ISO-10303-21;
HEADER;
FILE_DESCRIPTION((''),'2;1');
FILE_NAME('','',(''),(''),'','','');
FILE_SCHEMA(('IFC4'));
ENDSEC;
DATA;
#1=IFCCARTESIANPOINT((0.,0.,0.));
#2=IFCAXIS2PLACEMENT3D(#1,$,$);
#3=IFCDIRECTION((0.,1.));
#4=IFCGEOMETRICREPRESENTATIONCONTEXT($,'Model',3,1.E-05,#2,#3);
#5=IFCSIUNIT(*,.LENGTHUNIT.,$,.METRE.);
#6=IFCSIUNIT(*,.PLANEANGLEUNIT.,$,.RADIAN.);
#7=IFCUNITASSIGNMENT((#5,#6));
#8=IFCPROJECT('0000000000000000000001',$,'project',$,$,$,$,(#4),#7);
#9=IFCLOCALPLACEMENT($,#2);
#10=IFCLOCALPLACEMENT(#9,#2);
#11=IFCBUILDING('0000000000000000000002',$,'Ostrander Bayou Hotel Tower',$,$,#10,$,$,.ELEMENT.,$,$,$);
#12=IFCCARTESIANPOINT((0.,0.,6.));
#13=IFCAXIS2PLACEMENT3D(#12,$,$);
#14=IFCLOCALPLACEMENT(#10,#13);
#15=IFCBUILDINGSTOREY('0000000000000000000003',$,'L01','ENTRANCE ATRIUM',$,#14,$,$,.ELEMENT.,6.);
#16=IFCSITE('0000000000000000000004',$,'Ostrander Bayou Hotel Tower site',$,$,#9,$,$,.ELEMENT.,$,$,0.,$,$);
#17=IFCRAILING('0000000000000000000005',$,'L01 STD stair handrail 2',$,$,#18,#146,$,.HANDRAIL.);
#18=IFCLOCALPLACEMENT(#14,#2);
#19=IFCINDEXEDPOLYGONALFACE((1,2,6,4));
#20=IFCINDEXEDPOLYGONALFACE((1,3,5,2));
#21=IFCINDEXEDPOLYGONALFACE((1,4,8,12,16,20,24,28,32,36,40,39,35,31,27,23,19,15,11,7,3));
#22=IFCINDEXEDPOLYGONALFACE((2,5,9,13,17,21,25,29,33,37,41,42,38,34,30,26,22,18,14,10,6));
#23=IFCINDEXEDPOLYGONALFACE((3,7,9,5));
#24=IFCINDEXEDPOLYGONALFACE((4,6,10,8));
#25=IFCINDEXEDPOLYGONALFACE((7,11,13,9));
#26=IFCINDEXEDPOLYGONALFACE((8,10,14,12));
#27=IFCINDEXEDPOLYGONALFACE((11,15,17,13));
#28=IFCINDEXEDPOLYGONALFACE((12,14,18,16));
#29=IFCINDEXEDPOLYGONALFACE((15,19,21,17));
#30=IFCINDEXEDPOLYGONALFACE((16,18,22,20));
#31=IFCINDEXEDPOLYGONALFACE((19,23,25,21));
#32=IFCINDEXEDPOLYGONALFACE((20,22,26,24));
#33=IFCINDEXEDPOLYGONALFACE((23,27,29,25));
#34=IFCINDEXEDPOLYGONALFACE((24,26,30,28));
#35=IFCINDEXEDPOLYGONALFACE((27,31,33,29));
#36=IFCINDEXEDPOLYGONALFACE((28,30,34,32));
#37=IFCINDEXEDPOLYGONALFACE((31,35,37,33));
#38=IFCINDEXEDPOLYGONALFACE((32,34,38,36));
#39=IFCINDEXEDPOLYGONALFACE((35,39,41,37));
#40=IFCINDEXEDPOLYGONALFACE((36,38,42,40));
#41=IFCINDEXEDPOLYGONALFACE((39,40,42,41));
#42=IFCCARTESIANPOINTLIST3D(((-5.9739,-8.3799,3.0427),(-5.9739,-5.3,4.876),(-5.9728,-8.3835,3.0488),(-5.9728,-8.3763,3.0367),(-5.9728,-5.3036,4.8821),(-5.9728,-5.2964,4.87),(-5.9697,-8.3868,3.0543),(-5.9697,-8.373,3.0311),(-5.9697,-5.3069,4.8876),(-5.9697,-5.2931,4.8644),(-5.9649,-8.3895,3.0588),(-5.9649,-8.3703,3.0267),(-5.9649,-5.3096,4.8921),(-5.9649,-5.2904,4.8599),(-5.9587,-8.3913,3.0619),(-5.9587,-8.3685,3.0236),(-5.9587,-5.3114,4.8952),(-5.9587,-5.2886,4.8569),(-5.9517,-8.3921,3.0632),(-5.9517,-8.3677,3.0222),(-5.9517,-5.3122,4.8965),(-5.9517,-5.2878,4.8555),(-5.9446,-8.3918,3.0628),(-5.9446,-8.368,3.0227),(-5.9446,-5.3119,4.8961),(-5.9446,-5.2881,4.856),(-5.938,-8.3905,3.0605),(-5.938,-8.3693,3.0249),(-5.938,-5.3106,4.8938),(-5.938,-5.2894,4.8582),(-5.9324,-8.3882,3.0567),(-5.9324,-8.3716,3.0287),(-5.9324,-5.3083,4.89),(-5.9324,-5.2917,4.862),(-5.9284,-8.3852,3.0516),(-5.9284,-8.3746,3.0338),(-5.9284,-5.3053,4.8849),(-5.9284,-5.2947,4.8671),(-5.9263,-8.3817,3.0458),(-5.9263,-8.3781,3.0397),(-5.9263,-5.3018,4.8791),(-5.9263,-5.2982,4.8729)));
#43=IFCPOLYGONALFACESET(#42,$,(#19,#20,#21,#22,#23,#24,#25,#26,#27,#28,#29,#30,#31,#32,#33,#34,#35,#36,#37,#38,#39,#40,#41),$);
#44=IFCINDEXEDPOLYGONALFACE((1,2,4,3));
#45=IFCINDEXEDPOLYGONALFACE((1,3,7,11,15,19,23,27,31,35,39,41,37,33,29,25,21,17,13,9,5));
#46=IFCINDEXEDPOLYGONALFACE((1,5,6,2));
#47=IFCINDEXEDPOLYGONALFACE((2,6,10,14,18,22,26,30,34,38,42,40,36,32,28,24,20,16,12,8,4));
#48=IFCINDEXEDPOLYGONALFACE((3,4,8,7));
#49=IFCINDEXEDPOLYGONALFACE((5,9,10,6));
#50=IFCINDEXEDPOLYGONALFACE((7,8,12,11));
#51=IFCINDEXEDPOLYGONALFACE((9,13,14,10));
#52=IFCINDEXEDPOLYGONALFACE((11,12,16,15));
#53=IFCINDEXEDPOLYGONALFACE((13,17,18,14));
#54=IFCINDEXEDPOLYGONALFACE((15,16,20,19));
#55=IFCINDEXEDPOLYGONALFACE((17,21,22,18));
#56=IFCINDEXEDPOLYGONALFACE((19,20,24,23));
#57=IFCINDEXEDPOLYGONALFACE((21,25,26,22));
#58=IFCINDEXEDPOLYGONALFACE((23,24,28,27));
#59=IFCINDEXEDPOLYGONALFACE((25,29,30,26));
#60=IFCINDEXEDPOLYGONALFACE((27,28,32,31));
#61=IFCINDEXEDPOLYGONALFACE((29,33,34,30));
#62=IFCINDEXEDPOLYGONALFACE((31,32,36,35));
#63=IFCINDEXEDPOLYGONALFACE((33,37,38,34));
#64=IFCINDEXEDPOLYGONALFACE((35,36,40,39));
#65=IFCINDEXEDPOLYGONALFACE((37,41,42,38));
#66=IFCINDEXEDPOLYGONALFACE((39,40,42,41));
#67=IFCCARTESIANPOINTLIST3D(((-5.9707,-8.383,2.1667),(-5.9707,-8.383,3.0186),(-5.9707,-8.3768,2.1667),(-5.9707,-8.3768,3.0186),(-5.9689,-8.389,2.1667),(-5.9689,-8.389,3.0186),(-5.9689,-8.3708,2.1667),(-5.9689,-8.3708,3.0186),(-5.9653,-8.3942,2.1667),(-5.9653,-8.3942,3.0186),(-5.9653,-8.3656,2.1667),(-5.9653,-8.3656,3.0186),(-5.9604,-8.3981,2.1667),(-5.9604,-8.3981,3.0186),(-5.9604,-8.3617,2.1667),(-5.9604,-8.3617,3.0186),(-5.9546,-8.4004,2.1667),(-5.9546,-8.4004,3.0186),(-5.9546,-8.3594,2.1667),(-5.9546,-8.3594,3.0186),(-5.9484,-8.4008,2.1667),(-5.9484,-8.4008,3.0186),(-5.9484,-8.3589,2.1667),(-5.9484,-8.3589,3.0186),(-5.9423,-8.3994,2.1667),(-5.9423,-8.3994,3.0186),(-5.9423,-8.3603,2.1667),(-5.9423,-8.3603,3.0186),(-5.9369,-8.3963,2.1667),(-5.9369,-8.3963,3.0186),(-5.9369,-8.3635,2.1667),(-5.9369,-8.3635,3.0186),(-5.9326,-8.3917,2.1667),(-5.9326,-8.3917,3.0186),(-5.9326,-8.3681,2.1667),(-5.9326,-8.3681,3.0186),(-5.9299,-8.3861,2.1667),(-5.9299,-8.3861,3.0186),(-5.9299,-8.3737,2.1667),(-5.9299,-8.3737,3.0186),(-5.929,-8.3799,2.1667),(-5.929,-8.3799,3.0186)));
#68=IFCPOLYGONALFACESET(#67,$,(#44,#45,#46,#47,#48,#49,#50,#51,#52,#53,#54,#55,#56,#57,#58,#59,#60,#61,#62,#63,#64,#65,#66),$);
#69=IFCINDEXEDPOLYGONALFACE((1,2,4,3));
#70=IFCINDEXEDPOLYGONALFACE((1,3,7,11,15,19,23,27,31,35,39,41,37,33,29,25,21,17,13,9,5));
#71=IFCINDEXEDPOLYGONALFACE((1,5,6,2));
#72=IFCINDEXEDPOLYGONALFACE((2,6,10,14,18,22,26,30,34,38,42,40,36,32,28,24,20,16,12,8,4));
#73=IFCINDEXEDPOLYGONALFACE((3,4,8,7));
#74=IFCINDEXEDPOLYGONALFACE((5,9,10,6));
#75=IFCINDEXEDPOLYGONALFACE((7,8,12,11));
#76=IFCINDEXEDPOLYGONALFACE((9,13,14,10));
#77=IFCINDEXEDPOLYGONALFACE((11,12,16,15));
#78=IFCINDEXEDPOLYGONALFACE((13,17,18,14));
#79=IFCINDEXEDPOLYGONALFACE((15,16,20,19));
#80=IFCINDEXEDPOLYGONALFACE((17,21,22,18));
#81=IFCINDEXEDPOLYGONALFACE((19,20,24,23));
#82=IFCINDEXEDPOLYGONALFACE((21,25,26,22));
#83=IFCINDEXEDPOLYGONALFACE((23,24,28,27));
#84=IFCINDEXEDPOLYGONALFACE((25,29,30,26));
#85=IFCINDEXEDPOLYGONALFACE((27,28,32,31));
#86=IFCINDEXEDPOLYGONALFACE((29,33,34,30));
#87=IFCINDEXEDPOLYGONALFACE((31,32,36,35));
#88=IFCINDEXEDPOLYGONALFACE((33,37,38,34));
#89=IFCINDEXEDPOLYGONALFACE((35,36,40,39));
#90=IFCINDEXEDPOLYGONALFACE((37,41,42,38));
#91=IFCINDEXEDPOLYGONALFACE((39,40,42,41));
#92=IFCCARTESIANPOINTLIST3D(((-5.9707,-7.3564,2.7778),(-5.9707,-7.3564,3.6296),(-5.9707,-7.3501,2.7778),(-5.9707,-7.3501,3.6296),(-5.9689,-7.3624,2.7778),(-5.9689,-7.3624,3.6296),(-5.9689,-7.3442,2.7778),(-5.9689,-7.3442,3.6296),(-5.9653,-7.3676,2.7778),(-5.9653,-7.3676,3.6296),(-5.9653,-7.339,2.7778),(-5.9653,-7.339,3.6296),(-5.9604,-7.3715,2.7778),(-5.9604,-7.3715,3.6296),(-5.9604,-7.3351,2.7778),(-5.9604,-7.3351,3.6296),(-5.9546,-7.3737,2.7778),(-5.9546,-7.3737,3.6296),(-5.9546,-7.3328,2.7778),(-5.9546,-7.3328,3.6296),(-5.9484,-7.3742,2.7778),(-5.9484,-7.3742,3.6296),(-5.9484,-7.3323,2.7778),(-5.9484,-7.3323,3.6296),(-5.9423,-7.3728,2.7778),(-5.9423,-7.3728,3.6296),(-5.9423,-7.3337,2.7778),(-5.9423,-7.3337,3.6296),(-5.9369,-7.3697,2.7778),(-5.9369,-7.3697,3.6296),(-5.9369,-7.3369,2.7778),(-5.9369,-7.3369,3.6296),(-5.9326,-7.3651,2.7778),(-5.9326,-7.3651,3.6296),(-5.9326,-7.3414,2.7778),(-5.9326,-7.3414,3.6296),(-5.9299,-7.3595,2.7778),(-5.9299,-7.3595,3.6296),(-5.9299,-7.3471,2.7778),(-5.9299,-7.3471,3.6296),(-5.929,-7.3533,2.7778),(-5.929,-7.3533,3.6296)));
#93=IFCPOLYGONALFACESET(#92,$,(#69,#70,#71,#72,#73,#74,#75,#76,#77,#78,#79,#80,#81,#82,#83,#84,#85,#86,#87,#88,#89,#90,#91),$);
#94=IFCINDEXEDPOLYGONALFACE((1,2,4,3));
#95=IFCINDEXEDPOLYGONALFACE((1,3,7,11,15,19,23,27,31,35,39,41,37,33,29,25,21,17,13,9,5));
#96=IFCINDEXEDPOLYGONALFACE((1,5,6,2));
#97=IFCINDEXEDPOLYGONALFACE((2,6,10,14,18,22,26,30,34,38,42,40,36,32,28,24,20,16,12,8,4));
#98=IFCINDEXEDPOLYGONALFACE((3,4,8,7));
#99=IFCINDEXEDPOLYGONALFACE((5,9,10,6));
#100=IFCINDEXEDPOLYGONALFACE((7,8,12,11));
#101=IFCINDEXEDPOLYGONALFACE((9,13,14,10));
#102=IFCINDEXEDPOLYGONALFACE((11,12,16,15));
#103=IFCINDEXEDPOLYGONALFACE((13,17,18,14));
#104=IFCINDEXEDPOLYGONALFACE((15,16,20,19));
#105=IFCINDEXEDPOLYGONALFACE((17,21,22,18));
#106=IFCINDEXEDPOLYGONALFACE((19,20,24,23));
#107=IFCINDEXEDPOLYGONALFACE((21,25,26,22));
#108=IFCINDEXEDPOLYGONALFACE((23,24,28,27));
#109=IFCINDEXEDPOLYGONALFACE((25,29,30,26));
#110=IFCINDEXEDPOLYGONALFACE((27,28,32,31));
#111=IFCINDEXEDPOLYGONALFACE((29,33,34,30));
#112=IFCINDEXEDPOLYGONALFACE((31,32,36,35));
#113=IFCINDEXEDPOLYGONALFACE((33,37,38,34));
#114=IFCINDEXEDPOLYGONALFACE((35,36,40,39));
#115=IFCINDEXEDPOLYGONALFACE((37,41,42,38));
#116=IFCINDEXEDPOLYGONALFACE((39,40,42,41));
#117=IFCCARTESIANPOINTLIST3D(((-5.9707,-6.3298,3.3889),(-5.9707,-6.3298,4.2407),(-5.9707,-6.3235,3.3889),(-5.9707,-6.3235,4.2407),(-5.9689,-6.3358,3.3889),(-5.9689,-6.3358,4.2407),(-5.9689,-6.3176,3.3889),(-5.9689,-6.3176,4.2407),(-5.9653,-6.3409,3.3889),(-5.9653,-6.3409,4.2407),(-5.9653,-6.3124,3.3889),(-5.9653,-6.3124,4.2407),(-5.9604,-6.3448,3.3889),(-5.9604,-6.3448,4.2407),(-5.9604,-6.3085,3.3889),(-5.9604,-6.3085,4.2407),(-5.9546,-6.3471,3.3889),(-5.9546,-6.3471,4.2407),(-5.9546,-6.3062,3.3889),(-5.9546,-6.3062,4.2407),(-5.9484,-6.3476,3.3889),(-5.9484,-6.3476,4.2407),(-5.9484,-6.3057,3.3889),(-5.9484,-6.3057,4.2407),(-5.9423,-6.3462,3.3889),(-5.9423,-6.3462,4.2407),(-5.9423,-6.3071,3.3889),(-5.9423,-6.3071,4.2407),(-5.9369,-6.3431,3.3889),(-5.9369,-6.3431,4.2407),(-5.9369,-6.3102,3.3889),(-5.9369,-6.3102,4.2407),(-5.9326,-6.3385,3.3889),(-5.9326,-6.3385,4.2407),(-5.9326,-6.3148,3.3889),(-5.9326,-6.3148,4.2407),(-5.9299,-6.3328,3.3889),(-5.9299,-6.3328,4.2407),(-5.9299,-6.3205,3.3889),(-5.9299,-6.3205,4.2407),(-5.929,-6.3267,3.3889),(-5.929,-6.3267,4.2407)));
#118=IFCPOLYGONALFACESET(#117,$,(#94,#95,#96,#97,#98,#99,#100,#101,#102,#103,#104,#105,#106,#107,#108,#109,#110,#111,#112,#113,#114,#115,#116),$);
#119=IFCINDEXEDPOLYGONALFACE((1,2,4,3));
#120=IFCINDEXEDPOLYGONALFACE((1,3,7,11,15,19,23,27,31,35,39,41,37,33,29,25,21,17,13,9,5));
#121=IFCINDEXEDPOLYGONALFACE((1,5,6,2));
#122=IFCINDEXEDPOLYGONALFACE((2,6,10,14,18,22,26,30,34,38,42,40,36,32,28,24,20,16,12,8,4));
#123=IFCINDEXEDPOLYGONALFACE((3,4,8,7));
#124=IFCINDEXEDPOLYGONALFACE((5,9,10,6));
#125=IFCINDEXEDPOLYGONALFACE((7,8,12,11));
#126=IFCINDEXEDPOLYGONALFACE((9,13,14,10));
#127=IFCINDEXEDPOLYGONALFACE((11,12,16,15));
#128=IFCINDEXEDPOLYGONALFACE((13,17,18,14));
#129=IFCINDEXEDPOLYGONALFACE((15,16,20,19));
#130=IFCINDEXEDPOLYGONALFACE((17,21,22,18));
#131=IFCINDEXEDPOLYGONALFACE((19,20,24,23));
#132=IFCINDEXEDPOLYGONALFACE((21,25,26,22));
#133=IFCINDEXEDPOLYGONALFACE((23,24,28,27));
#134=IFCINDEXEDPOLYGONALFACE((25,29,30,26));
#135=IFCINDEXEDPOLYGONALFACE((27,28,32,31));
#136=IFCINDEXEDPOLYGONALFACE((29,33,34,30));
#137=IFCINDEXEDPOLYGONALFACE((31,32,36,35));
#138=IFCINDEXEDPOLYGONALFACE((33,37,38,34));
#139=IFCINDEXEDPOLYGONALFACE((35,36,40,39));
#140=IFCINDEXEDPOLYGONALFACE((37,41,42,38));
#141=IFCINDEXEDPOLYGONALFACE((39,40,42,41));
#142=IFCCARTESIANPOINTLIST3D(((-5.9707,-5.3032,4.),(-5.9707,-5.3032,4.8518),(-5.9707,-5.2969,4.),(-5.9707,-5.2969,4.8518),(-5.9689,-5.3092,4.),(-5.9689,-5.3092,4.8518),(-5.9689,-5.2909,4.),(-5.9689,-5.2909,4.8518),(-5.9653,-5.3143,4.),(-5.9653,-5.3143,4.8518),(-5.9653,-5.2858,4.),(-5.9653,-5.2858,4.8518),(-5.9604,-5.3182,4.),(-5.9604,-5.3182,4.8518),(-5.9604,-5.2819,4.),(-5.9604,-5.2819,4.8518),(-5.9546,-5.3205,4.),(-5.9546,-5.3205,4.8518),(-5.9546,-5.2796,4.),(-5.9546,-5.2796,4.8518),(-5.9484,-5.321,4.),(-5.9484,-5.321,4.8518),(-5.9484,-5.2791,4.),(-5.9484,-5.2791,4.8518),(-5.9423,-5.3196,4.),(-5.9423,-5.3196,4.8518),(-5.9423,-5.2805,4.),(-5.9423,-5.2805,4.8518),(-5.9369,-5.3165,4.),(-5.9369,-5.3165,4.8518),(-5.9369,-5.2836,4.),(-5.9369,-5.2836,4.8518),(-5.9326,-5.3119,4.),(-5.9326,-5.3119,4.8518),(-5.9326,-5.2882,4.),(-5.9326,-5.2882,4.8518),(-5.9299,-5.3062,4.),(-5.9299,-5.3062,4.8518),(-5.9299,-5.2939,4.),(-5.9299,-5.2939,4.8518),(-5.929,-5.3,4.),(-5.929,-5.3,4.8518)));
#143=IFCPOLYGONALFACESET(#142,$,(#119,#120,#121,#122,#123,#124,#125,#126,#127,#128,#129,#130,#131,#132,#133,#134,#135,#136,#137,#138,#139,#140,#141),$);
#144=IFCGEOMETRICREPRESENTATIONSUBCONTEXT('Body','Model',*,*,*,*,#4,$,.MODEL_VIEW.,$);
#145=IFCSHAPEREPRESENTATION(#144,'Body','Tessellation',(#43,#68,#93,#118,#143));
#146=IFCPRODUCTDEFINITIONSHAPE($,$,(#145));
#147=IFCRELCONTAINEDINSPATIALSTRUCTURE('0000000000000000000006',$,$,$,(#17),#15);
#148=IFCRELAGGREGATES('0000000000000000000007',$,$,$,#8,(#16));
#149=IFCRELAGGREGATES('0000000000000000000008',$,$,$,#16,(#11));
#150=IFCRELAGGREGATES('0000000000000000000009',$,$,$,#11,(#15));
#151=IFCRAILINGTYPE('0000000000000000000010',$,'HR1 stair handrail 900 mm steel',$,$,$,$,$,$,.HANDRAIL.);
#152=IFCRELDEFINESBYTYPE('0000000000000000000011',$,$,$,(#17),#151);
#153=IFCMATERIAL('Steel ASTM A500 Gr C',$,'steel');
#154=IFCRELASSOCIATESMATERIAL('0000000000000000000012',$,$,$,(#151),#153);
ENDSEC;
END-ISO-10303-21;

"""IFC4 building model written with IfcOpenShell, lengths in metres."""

from ifc_helpers import new_model, si_unit, direction, frame, origin, origin_2d, place, context, subcontext, project, spatial, circle, extrude, material, type_object, element, save


model = new_model("IFC4")

# Units and contexts
model_context = context("Model", 3, precision=1e-05, world=origin(), true_north=direction((0.0, 1.0)))
body_context = subcontext(model_context, "Body", "Model", "MODEL_VIEW")
ifc_project = project(units=[si_unit("LENGTHUNIT", "METRE"), si_unit("PLANEANGLEUNIT", "RADIAN")], contexts=[model_context])

# Site, building, storey
site_placement = place(None, origin())
site = spatial("IfcSite", under=ifc_project, at=site_placement, Name="Ostrander Bayou Hotel Tower site", CompositionType="ELEMENT", RefElevation=0.0)
building_placement = place(site_placement, origin())
building = spatial("IfcBuilding", under=site, at=building_placement, Name="Ostrander Bayou Hotel Tower", CompositionType="ELEMENT")
storey_placement = place(building_placement, frame((0.0, 0.0, 6.0)))
storey = spatial("IfcBuildingStorey", under=building, at=storey_placement, Name="L01", Description="ENTRANCE ATRIUM", CompositionType="ELEMENT", Elevation=6.0)

# Railing
ifc_material_1 = material(Name="Steel ASTM A500 Gr C", Category="steel")
railing_type_1 = type_object("IfcRailingType", Name="HR1 stair handrail 900 mm steel", PredefinedType="HANDRAIL", material=ifc_material_1)
railing_1_placement = place(storey_placement, frame((-5.95, -8.3799, 2.1667)))
element("IfcRailing", 1, at=railing_1_placement, inside=storey, type_object=railing_type_1, Name="L01 STD stair handrail 2", PredefinedType="HANDRAIL", context=body_context, shape_type="SweptSolid", body=[
    extrude(circle(Radius=0.0239, at=origin_2d()), frame((0.0, 0.0, 0.876), z_axis=(0.0, 0.859291, 0.511487), x_axis=(-1.0, 0.0, 0.0)), (0.0, 0.0, 1.0), 3.5842),
    extrude(circle(Radius=0.021, at=origin_2d()), origin(), (0.0, 0.0, 1.0), 0.8518),
    extrude(circle(Radius=0.021, at=origin_2d()), frame((0.0, 1.0266, 0.6111)), (0.0, 0.0, 1.0), 0.8518),
    extrude(circle(Radius=0.021, at=origin_2d()), frame((0.0, 2.0532, 1.2222)), (0.0, 0.0, 1.0), 0.8518),
    extrude(circle(Radius=0.021, at=origin_2d()), frame((0.0, 3.0798, 1.8333)), (0.0, 0.0, 1.0), 0.8518),
])

save(model, "model.ifc")
